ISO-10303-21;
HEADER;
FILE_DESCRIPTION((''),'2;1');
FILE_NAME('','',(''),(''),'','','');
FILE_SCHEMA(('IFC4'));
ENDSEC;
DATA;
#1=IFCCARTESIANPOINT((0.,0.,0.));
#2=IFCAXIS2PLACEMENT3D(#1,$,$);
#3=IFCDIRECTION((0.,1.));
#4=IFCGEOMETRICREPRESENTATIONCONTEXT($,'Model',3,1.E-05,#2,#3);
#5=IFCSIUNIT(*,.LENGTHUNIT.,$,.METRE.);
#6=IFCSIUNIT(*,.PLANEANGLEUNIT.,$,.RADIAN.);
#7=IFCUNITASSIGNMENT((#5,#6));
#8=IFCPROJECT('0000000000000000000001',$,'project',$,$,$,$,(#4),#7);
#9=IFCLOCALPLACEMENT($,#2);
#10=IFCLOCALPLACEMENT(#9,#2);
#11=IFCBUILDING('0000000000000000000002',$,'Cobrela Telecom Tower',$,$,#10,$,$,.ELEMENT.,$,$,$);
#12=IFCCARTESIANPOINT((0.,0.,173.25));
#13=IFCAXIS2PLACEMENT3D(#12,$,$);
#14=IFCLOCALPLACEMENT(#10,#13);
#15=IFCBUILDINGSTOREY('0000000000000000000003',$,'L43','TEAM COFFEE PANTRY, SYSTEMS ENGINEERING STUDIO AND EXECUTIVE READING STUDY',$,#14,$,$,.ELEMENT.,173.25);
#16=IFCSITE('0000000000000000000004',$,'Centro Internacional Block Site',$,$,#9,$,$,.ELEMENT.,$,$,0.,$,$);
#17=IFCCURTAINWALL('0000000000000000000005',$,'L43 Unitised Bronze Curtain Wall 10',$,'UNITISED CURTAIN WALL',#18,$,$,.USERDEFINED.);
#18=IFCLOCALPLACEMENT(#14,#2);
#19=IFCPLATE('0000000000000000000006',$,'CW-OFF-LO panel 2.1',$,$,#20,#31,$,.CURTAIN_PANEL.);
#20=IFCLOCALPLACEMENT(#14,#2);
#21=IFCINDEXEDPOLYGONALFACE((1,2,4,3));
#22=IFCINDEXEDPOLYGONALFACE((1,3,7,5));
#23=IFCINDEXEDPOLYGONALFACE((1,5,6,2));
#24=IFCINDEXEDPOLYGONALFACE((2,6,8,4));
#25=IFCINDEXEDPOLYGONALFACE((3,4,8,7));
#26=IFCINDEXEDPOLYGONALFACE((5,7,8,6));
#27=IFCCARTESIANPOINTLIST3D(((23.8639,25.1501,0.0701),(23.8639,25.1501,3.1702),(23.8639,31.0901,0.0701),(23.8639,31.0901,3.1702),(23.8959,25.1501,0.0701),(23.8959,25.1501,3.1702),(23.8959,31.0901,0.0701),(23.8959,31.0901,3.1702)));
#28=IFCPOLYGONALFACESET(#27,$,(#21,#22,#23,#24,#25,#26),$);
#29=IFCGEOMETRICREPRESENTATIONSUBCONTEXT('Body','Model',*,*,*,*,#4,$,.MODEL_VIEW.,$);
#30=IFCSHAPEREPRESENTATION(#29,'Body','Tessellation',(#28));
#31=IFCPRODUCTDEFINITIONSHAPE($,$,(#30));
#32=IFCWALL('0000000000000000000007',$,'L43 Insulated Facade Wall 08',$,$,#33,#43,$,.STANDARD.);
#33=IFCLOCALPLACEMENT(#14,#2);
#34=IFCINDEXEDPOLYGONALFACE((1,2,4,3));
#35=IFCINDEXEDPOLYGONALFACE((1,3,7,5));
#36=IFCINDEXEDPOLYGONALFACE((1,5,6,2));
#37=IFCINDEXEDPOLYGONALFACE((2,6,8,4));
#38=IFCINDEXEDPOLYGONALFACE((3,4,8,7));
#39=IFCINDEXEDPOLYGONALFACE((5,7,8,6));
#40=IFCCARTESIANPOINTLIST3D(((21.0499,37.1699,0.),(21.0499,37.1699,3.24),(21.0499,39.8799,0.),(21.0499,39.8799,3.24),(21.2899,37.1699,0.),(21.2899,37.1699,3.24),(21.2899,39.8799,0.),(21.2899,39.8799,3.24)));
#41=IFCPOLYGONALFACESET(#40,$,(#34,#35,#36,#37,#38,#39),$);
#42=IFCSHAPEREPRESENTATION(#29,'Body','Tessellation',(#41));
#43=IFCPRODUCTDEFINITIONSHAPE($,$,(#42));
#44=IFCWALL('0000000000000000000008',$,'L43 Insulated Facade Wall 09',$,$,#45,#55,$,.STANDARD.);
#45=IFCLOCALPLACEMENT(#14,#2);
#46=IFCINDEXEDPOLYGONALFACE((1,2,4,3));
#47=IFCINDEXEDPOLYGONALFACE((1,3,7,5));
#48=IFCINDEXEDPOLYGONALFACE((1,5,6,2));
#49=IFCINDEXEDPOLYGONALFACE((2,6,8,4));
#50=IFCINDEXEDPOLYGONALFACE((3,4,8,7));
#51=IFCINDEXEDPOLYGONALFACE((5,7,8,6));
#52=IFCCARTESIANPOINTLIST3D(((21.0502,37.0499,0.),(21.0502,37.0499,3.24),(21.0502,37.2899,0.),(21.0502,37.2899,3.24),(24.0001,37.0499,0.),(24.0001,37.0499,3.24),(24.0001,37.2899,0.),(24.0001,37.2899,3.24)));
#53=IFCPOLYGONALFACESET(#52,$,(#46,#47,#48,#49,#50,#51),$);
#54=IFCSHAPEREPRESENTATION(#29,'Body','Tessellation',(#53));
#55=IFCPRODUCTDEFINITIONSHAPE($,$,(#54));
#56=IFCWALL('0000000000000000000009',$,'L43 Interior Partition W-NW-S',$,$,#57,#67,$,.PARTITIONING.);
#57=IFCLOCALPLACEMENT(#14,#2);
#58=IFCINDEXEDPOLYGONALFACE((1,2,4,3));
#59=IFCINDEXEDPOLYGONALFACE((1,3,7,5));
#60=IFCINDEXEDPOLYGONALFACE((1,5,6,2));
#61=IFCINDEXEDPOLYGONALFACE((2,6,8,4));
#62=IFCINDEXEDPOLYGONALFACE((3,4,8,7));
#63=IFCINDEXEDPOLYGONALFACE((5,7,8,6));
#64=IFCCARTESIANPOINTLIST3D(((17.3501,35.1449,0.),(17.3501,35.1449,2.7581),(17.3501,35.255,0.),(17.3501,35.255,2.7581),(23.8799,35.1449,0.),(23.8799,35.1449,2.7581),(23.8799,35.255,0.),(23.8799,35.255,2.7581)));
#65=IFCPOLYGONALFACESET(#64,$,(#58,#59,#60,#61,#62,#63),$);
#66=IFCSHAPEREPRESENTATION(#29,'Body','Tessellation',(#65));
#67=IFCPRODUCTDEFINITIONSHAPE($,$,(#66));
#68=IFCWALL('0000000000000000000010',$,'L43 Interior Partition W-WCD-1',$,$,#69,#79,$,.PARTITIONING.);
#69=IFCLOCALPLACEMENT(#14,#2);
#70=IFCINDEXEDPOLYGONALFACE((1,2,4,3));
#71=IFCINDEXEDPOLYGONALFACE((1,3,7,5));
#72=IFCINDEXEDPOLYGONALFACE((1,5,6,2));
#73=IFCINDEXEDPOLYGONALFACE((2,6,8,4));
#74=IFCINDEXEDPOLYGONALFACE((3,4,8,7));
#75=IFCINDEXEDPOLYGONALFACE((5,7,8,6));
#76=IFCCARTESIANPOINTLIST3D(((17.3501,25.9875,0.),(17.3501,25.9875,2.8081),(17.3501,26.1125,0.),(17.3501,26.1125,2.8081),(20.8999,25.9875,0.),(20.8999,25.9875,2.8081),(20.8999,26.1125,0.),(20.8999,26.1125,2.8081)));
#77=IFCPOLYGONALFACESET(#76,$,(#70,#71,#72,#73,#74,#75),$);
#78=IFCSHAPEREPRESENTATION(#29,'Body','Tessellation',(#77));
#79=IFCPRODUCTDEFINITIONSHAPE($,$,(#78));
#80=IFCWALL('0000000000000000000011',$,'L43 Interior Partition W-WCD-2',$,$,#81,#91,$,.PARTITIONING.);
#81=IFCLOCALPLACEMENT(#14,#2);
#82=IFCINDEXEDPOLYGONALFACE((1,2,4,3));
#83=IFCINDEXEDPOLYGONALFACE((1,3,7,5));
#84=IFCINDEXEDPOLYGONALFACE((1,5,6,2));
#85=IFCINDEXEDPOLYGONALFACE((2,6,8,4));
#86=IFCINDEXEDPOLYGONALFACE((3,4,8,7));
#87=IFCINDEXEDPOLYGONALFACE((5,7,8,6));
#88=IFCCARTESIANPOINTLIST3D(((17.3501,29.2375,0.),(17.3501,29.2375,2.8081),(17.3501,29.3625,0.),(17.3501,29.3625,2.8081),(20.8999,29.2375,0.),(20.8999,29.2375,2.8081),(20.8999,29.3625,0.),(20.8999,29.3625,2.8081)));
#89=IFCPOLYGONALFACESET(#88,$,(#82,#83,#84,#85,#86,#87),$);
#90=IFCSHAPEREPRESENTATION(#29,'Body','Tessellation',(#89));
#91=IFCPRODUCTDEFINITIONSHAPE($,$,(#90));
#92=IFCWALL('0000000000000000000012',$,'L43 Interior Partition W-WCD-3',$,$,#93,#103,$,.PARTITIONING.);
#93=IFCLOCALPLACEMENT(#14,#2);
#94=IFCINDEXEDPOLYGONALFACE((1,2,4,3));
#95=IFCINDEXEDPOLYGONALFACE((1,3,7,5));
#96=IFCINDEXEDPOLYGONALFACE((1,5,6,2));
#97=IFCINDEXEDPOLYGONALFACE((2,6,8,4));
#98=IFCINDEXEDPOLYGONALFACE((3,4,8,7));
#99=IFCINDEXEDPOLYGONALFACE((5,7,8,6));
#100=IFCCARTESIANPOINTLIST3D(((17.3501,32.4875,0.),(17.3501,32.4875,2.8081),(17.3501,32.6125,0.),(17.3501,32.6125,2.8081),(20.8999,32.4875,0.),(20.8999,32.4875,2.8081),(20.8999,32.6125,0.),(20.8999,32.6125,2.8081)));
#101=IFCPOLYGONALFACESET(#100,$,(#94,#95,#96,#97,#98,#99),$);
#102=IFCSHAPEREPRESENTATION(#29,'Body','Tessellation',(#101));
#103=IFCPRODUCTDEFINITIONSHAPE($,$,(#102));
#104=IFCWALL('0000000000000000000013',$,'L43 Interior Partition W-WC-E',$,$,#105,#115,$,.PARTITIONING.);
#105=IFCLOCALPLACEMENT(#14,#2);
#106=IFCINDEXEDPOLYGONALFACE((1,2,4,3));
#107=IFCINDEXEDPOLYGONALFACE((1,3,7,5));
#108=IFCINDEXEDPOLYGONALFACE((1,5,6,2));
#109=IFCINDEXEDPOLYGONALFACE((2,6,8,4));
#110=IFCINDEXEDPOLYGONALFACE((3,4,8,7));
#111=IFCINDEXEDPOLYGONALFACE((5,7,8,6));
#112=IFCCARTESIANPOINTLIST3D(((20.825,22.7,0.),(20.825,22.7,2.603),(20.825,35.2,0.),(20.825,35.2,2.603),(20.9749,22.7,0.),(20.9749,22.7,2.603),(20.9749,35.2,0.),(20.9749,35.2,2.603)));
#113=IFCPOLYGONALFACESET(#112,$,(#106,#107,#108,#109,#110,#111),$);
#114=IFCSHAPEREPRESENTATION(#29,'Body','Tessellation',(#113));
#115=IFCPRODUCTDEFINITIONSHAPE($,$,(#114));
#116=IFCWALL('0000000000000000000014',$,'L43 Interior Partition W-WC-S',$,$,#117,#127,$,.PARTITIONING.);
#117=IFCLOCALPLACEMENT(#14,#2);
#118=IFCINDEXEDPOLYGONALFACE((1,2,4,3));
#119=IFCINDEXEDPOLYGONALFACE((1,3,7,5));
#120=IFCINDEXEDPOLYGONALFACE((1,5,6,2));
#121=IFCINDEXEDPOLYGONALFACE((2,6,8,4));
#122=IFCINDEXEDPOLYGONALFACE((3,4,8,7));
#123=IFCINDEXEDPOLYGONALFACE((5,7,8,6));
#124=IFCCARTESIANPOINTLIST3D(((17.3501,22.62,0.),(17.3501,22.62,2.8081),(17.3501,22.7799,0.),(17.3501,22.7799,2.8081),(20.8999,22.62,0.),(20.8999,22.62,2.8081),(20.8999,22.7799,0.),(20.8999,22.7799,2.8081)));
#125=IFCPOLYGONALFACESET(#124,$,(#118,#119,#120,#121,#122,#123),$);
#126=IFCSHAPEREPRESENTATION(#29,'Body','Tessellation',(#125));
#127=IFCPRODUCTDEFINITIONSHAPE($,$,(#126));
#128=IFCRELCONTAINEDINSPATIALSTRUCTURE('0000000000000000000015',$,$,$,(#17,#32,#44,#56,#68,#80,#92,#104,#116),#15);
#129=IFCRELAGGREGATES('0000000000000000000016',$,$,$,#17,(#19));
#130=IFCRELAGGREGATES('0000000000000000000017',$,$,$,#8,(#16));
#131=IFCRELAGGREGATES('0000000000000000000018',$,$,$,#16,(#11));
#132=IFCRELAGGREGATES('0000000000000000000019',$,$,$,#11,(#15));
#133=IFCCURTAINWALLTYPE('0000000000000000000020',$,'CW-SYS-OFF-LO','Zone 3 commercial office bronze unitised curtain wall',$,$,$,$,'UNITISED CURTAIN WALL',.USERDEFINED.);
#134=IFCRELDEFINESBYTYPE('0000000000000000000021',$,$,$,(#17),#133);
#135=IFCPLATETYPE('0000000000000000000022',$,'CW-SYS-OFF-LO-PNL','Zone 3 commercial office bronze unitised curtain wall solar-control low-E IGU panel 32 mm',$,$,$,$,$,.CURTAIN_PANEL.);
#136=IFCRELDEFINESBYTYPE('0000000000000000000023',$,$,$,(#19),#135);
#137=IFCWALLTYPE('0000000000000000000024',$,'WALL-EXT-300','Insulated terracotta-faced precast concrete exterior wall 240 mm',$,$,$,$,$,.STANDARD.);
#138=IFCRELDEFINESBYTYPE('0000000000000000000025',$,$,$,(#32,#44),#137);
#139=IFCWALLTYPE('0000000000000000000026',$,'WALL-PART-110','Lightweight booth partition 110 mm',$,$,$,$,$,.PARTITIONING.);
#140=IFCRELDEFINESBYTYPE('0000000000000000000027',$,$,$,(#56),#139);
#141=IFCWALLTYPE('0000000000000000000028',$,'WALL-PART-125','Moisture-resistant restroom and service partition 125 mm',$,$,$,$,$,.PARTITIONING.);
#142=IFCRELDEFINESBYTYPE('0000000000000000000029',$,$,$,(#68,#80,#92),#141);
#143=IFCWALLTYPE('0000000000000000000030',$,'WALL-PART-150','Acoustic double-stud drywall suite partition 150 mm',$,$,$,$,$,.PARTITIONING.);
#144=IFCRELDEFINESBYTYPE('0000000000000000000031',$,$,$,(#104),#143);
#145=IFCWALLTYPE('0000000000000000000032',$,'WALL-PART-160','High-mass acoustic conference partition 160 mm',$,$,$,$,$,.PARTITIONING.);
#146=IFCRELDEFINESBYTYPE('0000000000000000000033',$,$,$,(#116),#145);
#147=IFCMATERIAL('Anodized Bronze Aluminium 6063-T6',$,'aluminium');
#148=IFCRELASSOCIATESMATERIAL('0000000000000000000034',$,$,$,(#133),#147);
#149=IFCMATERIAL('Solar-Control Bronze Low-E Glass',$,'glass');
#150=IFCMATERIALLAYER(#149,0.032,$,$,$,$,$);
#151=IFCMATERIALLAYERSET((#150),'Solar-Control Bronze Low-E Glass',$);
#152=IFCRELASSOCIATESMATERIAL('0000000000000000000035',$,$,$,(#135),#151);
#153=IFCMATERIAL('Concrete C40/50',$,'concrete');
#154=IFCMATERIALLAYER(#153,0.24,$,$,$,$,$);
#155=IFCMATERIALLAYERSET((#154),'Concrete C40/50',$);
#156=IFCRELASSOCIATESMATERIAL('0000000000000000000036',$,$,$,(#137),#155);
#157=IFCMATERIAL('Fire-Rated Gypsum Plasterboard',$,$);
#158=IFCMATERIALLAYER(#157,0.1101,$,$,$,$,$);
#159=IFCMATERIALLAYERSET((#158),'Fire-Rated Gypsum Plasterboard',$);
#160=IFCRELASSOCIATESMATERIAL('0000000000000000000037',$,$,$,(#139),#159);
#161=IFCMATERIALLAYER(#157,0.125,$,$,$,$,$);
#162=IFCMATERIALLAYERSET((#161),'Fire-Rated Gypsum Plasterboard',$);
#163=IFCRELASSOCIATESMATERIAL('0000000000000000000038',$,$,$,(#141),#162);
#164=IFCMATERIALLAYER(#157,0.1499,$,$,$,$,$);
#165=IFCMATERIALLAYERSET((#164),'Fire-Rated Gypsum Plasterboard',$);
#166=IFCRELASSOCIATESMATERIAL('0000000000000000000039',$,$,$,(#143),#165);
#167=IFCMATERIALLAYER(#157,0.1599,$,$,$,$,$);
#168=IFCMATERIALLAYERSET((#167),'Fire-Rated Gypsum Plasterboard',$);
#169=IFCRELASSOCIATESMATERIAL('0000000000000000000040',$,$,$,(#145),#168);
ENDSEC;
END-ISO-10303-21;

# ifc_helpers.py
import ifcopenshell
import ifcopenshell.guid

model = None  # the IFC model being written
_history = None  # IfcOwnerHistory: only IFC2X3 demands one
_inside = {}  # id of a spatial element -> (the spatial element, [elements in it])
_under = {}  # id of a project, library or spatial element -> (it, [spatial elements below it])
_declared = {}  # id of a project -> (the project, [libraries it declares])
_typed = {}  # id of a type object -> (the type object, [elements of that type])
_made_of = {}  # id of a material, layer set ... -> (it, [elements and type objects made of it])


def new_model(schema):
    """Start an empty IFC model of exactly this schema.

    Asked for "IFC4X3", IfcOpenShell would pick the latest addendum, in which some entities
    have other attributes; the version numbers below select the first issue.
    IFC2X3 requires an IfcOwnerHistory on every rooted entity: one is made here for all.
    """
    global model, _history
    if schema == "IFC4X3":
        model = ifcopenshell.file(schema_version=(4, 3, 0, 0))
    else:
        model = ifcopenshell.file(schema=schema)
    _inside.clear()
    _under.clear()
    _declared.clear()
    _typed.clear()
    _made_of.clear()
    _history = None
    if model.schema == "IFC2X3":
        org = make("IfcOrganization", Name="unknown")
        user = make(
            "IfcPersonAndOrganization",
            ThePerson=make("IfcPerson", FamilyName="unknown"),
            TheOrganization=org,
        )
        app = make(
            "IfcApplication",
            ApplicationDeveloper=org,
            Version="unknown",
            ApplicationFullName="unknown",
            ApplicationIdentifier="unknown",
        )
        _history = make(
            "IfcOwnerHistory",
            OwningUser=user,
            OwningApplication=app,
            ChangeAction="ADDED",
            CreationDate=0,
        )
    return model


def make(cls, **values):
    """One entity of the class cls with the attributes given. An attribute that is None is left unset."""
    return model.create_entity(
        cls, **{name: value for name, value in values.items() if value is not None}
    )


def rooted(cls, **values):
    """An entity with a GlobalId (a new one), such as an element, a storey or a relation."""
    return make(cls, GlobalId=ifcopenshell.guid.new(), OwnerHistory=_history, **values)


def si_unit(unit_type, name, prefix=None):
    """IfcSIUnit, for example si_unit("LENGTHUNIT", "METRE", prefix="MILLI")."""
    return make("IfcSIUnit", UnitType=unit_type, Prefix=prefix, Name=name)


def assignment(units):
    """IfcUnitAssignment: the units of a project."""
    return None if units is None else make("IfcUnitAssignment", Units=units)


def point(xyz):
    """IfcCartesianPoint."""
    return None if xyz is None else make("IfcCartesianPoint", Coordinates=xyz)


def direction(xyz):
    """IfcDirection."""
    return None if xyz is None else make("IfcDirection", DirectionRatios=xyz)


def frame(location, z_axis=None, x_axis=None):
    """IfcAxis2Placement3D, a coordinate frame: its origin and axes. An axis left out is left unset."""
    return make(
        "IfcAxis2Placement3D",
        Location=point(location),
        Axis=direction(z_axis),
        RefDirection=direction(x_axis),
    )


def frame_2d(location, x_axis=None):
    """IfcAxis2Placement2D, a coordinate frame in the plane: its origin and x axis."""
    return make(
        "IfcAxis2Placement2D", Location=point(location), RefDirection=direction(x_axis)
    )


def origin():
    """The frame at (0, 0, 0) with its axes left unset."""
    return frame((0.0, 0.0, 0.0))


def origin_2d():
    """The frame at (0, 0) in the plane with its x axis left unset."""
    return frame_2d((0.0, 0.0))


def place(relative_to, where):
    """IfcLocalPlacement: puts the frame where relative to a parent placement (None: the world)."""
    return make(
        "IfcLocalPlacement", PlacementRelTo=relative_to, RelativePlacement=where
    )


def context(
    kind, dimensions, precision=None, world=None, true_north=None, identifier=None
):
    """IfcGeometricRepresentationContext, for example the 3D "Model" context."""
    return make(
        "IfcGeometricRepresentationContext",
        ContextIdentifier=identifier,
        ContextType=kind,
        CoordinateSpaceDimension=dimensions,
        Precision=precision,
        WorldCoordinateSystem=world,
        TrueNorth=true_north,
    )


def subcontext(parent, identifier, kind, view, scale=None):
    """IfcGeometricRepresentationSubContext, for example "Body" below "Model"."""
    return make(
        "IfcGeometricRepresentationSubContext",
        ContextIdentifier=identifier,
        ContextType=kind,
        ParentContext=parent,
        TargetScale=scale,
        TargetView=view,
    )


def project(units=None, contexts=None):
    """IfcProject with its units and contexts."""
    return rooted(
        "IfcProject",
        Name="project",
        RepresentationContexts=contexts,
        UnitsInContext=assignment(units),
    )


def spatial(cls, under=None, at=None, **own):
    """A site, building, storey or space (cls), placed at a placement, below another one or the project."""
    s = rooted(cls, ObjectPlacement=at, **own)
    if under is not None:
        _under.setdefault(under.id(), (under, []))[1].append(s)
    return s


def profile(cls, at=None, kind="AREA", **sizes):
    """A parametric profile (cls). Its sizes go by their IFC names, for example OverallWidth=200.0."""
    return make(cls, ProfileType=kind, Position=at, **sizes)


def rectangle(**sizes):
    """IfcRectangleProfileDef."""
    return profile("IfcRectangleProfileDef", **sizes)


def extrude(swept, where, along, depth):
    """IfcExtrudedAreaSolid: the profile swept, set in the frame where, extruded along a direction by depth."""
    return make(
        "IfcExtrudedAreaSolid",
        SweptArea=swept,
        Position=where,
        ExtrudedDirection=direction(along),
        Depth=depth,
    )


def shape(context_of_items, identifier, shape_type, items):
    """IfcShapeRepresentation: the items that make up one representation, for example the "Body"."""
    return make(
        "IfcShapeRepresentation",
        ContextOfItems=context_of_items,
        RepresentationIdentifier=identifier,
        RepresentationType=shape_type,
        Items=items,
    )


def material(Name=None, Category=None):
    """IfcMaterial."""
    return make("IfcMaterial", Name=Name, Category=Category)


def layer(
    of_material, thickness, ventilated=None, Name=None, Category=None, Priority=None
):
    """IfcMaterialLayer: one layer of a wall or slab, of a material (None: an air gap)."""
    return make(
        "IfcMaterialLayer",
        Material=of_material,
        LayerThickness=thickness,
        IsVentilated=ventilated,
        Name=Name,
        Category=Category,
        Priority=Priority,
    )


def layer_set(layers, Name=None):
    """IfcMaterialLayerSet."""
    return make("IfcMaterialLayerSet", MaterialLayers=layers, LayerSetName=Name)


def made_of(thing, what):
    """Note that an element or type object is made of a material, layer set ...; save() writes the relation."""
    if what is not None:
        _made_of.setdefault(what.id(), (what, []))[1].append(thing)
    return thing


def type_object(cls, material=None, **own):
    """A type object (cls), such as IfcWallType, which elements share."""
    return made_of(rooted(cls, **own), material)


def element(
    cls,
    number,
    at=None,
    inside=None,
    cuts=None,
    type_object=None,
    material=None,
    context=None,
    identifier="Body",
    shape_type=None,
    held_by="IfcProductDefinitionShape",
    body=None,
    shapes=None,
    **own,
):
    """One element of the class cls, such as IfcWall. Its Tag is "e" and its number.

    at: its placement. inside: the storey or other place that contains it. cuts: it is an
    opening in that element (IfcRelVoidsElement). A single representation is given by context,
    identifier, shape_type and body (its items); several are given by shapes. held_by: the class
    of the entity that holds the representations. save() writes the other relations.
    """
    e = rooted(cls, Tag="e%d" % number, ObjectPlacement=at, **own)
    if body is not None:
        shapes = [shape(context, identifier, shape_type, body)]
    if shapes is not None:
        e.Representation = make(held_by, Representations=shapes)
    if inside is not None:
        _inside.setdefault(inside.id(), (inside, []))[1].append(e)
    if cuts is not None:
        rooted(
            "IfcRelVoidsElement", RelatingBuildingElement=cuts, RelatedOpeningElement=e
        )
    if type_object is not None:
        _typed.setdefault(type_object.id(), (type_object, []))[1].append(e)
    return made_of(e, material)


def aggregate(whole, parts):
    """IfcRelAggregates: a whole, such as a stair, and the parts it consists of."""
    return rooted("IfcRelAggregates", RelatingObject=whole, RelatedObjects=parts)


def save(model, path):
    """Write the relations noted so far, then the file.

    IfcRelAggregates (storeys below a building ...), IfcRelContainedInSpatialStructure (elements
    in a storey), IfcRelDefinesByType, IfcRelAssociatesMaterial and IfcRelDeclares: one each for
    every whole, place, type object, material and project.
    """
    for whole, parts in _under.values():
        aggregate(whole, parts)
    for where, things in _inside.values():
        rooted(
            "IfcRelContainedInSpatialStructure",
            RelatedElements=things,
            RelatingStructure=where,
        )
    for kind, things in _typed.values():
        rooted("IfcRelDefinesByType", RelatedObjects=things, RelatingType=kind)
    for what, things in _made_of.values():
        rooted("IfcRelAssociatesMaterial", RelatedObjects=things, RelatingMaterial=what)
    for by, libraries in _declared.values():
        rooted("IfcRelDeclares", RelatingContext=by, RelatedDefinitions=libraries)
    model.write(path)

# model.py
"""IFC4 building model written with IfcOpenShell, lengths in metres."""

from ifc_helpers import new_model, si_unit, direction, frame, frame_2d, origin, origin_2d, place, context, subcontext, project, spatial, rectangle, extrude, material, layer, layer_set, type_object, element, aggregate, save


model = new_model("IFC4")

# Units and contexts
model_context = context("Model", 3, precision=1e-05, world=origin(), true_north=direction((0.0, 1.0)))
body_context = subcontext(model_context, "Body", "Model", "MODEL_VIEW")
ifc_project = project(units=[si_unit("LENGTHUNIT", "METRE"), si_unit("PLANEANGLEUNIT", "RADIAN")], contexts=[model_context])

# Site, building, storey
site_placement = place(None, origin())
site = spatial("IfcSite", under=ifc_project, at=site_placement, Name="Centro Internacional Block Site", CompositionType="ELEMENT", RefElevation=0.0)
building_placement = place(site_placement, origin())
building = spatial("IfcBuilding", under=site, at=building_placement, Name="Cobrela Telecom Tower", CompositionType="ELEMENT")
storey_placement = place(building_placement, frame((0.0, 0.0, 173.25)))
storey = spatial("IfcBuildingStorey", under=building, at=storey_placement, Name="L43", Description="TEAM COFFEE PANTRY, SYSTEMS ENGINEERING STUDIO AND EXECUTIVE READING STUDY", CompositionType="ELEMENT", Elevation=173.25)

# Shared definitions
ifc_material_1 = material(Name="Anodized Bronze Aluminium 6063-T6", Category="aluminium")
curtain_wall_type = type_object("IfcCurtainWallType", Name="CW-SYS-OFF-LO", Description="Zone 3 commercial office bronze unitised curtain wall", ElementType="UNITISED CURTAIN WALL", PredefinedType="USERDEFINED", material=ifc_material_1)

# Curtain wall
curtain_wall_1_placement = place(storey_placement, origin())
curtain_wall_1 = element("IfcCurtainWall", 1, at=curtain_wall_1_placement, inside=storey, type_object=curtain_wall_type, Name="L43 Unitised Bronze Curtain Wall 10", ObjectType="UNITISED CURTAIN WALL", PredefinedType="USERDEFINED")

# Plate
ifc_material_2 = material(Name="Solar-Control Bronze Low-E Glass", Category="glass")
ifc_layer_1 = layer(ifc_material_2, 0.032)
ifc_layer_set_1 = layer_set([ifc_layer_1], Name="Solar-Control Bronze Low-E Glass")
plate_type = type_object("IfcPlateType", Name="CW-SYS-OFF-LO-PNL", Description="Zone 3 commercial office bronze unitised curtain wall solar-control low-E IGU panel 32 mm", PredefinedType="CURTAIN_PANEL", material=ifc_layer_set_1)
plate_1_placement = place(storey_placement, frame((23.8799, 28.1201, 0.0701), z_axis=(0.0, 0.0, 1.0), x_axis=(0.0, -1.0, 0.0)))
plate_1 = element("IfcPlate", 2, at=plate_1_placement, type_object=plate_type, Name="CW-OFF-LO panel 2.1", PredefinedType="CURTAIN_PANEL", context=body_context, shape_type="SweptSolid", body=[
    extrude(rectangle(XDim=5.9399, YDim=0.032, at=origin_2d()), origin(), (0.0, 0.0, 1.0), 3.1001),
])
aggregate(curtain_wall_1, [plate_1])

# Walls
ifc_material_3 = material(Name="Concrete C40/50", Category="concrete")
ifc_layer_2 = layer(ifc_material_3, 0.24)
ifc_layer_set_2 = layer_set([ifc_layer_2], Name="Concrete C40/50")
wall_type_1 = type_object("IfcWallType", Name="WALL-EXT-300", Description="Insulated terracotta-faced precast concrete exterior wall 240 mm", PredefinedType="STANDARD", material=ifc_layer_set_2)
wall_1_placement = place(storey_placement, frame((21.1699, 39.8799, 0.0), z_axis=(0.0, 0.0, 1.0), x_axis=(0.0, -1.0, 0.0)))
element("IfcWall", 3, at=wall_1_placement, inside=storey, type_object=wall_type_1, Name="L43 Insulated Facade Wall 08", PredefinedType="STANDARD", context=body_context, shape_type="SweptSolid", body=[
    extrude(rectangle(XDim=2.71, YDim=0.24, at=frame_2d((1.355, 0.0))), origin(), (0.0, 0.0, 1.0), 3.24),
])
wall_2_placement = place(storey_placement, frame((21.05, 37.1699, 0.0), z_axis=(0.0, 0.0, 1.0), x_axis=(1.0, 0.0, 0.0)))
element("IfcWall", 4, at=wall_2_placement, inside=storey, type_object=wall_type_1, Name="L43 Insulated Facade Wall 09", PredefinedType="STANDARD", context=body_context, shape_type="SweptSolid", body=[
    extrude(rectangle(XDim=2.95, YDim=0.24, at=frame_2d((1.4751, 0.0))), origin(), (0.0, 0.0, 1.0), 3.24),
])
ifc_material_4 = material(Name="Fire-Rated Gypsum Plasterboard")
ifc_layer_3 = layer(ifc_material_4, 0.1101)
ifc_layer_set_3 = layer_set([ifc_layer_3], Name="Fire-Rated Gypsum Plasterboard")
wall_type_2 = type_object("IfcWallType", Name="WALL-PART-110", Description="Lightweight booth partition 110 mm", PredefinedType="PARTITIONING", material=ifc_layer_set_3)
wall_3_placement = place(storey_placement, frame((17.3501, 35.2, 0.0), z_axis=(0.0, 0.0, 1.0), x_axis=(1.0, 0.0, 0.0)))
element("IfcWall", 5, at=wall_3_placement, inside=storey, type_object=wall_type_2, Name="L43 Interior Partition W-NW-S", PredefinedType="PARTITIONING", context=body_context, shape_type="SweptSolid", body=[
    extrude(rectangle(XDim=6.5298, YDim=0.1101, at=frame_2d((3.2649, 0.0))), origin(), (0.0, 0.0, 1.0), 2.7581),
])
ifc_layer_4 = layer(ifc_material_4, 0.125)
ifc_layer_set_4 = layer_set([ifc_layer_4], Name="Fire-Rated Gypsum Plasterboard")
wall_type_3 = type_object("IfcWallType", Name="WALL-PART-125", Description="Moisture-resistant restroom and service partition 125 mm", PredefinedType="PARTITIONING", material=ifc_layer_set_4)
for number, where, z_axis, x_axis, name in (
    (6, (17.3501, 26.05, 0.0), (0.0, 0.0, 1.0), (1.0, 0.0, 0.0), "L43 Interior Partition W-WCD-1"),
    (7, (17.3501, 29.3, 0.0), (0.0, 0.0, 1.0), (1.0, 0.0, 0.0), "L43 Interior Partition W-WCD-2"),
    (8, (17.3501, 32.55, 0.0), (0.0, 0.0, 1.0), (1.0, 0.0, 0.0), "L43 Interior Partition W-WCD-3"),
):
    element("IfcWall", number, at=place(storey_placement, frame(where, z_axis=z_axis, x_axis=x_axis)), inside=storey, type_object=wall_type_3, Name=name, PredefinedType="PARTITIONING", context=body_context, shape_type="SweptSolid", body=[
        extrude(rectangle(XDim=3.5498, YDim=0.125, at=frame_2d((1.7749, 0.0))), origin(), (0.0, 0.0, 1.0), 2.8081),
    ])
ifc_layer_5 = layer(ifc_material_4, 0.1499)
ifc_layer_set_5 = layer_set([ifc_layer_5], Name="Fire-Rated Gypsum Plasterboard")
wall_type_4 = type_object("IfcWallType", Name="WALL-PART-150", Description="Acoustic double-stud drywall suite partition 150 mm", PredefinedType="PARTITIONING", material=ifc_layer_set_5)
wall_4_placement = place(storey_placement, frame((20.8999, 22.7, 0.0), z_axis=(0.0, 0.0, 1.0), x_axis=(0.0, 1.0, 0.0)))
element("IfcWall", 9, at=wall_4_placement, inside=storey, type_object=wall_type_4, Name="L43 Interior Partition W-WC-E", PredefinedType="PARTITIONING", context=body_context, shape_type="SweptSolid", body=[
    extrude(rectangle(XDim=12.5, YDim=0.1499, at=frame_2d((6.25, 0.0))), origin(), (0.0, 0.0, 1.0), 2.603),
])
ifc_layer_6 = layer(ifc_material_4, 0.1599)
ifc_layer_set_6 = layer_set([ifc_layer_6], Name="Fire-Rated Gypsum Plasterboard")
wall_type_5 = type_object("IfcWallType", Name="WALL-PART-160", Description="High-mass acoustic conference partition 160 mm", PredefinedType="PARTITIONING", material=ifc_layer_set_6)
wall_5_placement = place(storey_placement, frame((17.3501, 22.7, 0.0), z_axis=(0.0, 0.0, 1.0), x_axis=(1.0, 0.0, 0.0)))
element("IfcWall", 10, at=wall_5_placement, inside=storey, type_object=wall_type_5, Name="L43 Interior Partition W-WC-S", PredefinedType="PARTITIONING", context=body_context, shape_type="SweptSolid", body=[
    extrude(rectangle(XDim=3.5498, YDim=0.1599, at=frame_2d((1.7749, 0.0))), origin(), (0.0, 0.0, 1.0), 2.8081),
])

save(model, "model.ifc")
